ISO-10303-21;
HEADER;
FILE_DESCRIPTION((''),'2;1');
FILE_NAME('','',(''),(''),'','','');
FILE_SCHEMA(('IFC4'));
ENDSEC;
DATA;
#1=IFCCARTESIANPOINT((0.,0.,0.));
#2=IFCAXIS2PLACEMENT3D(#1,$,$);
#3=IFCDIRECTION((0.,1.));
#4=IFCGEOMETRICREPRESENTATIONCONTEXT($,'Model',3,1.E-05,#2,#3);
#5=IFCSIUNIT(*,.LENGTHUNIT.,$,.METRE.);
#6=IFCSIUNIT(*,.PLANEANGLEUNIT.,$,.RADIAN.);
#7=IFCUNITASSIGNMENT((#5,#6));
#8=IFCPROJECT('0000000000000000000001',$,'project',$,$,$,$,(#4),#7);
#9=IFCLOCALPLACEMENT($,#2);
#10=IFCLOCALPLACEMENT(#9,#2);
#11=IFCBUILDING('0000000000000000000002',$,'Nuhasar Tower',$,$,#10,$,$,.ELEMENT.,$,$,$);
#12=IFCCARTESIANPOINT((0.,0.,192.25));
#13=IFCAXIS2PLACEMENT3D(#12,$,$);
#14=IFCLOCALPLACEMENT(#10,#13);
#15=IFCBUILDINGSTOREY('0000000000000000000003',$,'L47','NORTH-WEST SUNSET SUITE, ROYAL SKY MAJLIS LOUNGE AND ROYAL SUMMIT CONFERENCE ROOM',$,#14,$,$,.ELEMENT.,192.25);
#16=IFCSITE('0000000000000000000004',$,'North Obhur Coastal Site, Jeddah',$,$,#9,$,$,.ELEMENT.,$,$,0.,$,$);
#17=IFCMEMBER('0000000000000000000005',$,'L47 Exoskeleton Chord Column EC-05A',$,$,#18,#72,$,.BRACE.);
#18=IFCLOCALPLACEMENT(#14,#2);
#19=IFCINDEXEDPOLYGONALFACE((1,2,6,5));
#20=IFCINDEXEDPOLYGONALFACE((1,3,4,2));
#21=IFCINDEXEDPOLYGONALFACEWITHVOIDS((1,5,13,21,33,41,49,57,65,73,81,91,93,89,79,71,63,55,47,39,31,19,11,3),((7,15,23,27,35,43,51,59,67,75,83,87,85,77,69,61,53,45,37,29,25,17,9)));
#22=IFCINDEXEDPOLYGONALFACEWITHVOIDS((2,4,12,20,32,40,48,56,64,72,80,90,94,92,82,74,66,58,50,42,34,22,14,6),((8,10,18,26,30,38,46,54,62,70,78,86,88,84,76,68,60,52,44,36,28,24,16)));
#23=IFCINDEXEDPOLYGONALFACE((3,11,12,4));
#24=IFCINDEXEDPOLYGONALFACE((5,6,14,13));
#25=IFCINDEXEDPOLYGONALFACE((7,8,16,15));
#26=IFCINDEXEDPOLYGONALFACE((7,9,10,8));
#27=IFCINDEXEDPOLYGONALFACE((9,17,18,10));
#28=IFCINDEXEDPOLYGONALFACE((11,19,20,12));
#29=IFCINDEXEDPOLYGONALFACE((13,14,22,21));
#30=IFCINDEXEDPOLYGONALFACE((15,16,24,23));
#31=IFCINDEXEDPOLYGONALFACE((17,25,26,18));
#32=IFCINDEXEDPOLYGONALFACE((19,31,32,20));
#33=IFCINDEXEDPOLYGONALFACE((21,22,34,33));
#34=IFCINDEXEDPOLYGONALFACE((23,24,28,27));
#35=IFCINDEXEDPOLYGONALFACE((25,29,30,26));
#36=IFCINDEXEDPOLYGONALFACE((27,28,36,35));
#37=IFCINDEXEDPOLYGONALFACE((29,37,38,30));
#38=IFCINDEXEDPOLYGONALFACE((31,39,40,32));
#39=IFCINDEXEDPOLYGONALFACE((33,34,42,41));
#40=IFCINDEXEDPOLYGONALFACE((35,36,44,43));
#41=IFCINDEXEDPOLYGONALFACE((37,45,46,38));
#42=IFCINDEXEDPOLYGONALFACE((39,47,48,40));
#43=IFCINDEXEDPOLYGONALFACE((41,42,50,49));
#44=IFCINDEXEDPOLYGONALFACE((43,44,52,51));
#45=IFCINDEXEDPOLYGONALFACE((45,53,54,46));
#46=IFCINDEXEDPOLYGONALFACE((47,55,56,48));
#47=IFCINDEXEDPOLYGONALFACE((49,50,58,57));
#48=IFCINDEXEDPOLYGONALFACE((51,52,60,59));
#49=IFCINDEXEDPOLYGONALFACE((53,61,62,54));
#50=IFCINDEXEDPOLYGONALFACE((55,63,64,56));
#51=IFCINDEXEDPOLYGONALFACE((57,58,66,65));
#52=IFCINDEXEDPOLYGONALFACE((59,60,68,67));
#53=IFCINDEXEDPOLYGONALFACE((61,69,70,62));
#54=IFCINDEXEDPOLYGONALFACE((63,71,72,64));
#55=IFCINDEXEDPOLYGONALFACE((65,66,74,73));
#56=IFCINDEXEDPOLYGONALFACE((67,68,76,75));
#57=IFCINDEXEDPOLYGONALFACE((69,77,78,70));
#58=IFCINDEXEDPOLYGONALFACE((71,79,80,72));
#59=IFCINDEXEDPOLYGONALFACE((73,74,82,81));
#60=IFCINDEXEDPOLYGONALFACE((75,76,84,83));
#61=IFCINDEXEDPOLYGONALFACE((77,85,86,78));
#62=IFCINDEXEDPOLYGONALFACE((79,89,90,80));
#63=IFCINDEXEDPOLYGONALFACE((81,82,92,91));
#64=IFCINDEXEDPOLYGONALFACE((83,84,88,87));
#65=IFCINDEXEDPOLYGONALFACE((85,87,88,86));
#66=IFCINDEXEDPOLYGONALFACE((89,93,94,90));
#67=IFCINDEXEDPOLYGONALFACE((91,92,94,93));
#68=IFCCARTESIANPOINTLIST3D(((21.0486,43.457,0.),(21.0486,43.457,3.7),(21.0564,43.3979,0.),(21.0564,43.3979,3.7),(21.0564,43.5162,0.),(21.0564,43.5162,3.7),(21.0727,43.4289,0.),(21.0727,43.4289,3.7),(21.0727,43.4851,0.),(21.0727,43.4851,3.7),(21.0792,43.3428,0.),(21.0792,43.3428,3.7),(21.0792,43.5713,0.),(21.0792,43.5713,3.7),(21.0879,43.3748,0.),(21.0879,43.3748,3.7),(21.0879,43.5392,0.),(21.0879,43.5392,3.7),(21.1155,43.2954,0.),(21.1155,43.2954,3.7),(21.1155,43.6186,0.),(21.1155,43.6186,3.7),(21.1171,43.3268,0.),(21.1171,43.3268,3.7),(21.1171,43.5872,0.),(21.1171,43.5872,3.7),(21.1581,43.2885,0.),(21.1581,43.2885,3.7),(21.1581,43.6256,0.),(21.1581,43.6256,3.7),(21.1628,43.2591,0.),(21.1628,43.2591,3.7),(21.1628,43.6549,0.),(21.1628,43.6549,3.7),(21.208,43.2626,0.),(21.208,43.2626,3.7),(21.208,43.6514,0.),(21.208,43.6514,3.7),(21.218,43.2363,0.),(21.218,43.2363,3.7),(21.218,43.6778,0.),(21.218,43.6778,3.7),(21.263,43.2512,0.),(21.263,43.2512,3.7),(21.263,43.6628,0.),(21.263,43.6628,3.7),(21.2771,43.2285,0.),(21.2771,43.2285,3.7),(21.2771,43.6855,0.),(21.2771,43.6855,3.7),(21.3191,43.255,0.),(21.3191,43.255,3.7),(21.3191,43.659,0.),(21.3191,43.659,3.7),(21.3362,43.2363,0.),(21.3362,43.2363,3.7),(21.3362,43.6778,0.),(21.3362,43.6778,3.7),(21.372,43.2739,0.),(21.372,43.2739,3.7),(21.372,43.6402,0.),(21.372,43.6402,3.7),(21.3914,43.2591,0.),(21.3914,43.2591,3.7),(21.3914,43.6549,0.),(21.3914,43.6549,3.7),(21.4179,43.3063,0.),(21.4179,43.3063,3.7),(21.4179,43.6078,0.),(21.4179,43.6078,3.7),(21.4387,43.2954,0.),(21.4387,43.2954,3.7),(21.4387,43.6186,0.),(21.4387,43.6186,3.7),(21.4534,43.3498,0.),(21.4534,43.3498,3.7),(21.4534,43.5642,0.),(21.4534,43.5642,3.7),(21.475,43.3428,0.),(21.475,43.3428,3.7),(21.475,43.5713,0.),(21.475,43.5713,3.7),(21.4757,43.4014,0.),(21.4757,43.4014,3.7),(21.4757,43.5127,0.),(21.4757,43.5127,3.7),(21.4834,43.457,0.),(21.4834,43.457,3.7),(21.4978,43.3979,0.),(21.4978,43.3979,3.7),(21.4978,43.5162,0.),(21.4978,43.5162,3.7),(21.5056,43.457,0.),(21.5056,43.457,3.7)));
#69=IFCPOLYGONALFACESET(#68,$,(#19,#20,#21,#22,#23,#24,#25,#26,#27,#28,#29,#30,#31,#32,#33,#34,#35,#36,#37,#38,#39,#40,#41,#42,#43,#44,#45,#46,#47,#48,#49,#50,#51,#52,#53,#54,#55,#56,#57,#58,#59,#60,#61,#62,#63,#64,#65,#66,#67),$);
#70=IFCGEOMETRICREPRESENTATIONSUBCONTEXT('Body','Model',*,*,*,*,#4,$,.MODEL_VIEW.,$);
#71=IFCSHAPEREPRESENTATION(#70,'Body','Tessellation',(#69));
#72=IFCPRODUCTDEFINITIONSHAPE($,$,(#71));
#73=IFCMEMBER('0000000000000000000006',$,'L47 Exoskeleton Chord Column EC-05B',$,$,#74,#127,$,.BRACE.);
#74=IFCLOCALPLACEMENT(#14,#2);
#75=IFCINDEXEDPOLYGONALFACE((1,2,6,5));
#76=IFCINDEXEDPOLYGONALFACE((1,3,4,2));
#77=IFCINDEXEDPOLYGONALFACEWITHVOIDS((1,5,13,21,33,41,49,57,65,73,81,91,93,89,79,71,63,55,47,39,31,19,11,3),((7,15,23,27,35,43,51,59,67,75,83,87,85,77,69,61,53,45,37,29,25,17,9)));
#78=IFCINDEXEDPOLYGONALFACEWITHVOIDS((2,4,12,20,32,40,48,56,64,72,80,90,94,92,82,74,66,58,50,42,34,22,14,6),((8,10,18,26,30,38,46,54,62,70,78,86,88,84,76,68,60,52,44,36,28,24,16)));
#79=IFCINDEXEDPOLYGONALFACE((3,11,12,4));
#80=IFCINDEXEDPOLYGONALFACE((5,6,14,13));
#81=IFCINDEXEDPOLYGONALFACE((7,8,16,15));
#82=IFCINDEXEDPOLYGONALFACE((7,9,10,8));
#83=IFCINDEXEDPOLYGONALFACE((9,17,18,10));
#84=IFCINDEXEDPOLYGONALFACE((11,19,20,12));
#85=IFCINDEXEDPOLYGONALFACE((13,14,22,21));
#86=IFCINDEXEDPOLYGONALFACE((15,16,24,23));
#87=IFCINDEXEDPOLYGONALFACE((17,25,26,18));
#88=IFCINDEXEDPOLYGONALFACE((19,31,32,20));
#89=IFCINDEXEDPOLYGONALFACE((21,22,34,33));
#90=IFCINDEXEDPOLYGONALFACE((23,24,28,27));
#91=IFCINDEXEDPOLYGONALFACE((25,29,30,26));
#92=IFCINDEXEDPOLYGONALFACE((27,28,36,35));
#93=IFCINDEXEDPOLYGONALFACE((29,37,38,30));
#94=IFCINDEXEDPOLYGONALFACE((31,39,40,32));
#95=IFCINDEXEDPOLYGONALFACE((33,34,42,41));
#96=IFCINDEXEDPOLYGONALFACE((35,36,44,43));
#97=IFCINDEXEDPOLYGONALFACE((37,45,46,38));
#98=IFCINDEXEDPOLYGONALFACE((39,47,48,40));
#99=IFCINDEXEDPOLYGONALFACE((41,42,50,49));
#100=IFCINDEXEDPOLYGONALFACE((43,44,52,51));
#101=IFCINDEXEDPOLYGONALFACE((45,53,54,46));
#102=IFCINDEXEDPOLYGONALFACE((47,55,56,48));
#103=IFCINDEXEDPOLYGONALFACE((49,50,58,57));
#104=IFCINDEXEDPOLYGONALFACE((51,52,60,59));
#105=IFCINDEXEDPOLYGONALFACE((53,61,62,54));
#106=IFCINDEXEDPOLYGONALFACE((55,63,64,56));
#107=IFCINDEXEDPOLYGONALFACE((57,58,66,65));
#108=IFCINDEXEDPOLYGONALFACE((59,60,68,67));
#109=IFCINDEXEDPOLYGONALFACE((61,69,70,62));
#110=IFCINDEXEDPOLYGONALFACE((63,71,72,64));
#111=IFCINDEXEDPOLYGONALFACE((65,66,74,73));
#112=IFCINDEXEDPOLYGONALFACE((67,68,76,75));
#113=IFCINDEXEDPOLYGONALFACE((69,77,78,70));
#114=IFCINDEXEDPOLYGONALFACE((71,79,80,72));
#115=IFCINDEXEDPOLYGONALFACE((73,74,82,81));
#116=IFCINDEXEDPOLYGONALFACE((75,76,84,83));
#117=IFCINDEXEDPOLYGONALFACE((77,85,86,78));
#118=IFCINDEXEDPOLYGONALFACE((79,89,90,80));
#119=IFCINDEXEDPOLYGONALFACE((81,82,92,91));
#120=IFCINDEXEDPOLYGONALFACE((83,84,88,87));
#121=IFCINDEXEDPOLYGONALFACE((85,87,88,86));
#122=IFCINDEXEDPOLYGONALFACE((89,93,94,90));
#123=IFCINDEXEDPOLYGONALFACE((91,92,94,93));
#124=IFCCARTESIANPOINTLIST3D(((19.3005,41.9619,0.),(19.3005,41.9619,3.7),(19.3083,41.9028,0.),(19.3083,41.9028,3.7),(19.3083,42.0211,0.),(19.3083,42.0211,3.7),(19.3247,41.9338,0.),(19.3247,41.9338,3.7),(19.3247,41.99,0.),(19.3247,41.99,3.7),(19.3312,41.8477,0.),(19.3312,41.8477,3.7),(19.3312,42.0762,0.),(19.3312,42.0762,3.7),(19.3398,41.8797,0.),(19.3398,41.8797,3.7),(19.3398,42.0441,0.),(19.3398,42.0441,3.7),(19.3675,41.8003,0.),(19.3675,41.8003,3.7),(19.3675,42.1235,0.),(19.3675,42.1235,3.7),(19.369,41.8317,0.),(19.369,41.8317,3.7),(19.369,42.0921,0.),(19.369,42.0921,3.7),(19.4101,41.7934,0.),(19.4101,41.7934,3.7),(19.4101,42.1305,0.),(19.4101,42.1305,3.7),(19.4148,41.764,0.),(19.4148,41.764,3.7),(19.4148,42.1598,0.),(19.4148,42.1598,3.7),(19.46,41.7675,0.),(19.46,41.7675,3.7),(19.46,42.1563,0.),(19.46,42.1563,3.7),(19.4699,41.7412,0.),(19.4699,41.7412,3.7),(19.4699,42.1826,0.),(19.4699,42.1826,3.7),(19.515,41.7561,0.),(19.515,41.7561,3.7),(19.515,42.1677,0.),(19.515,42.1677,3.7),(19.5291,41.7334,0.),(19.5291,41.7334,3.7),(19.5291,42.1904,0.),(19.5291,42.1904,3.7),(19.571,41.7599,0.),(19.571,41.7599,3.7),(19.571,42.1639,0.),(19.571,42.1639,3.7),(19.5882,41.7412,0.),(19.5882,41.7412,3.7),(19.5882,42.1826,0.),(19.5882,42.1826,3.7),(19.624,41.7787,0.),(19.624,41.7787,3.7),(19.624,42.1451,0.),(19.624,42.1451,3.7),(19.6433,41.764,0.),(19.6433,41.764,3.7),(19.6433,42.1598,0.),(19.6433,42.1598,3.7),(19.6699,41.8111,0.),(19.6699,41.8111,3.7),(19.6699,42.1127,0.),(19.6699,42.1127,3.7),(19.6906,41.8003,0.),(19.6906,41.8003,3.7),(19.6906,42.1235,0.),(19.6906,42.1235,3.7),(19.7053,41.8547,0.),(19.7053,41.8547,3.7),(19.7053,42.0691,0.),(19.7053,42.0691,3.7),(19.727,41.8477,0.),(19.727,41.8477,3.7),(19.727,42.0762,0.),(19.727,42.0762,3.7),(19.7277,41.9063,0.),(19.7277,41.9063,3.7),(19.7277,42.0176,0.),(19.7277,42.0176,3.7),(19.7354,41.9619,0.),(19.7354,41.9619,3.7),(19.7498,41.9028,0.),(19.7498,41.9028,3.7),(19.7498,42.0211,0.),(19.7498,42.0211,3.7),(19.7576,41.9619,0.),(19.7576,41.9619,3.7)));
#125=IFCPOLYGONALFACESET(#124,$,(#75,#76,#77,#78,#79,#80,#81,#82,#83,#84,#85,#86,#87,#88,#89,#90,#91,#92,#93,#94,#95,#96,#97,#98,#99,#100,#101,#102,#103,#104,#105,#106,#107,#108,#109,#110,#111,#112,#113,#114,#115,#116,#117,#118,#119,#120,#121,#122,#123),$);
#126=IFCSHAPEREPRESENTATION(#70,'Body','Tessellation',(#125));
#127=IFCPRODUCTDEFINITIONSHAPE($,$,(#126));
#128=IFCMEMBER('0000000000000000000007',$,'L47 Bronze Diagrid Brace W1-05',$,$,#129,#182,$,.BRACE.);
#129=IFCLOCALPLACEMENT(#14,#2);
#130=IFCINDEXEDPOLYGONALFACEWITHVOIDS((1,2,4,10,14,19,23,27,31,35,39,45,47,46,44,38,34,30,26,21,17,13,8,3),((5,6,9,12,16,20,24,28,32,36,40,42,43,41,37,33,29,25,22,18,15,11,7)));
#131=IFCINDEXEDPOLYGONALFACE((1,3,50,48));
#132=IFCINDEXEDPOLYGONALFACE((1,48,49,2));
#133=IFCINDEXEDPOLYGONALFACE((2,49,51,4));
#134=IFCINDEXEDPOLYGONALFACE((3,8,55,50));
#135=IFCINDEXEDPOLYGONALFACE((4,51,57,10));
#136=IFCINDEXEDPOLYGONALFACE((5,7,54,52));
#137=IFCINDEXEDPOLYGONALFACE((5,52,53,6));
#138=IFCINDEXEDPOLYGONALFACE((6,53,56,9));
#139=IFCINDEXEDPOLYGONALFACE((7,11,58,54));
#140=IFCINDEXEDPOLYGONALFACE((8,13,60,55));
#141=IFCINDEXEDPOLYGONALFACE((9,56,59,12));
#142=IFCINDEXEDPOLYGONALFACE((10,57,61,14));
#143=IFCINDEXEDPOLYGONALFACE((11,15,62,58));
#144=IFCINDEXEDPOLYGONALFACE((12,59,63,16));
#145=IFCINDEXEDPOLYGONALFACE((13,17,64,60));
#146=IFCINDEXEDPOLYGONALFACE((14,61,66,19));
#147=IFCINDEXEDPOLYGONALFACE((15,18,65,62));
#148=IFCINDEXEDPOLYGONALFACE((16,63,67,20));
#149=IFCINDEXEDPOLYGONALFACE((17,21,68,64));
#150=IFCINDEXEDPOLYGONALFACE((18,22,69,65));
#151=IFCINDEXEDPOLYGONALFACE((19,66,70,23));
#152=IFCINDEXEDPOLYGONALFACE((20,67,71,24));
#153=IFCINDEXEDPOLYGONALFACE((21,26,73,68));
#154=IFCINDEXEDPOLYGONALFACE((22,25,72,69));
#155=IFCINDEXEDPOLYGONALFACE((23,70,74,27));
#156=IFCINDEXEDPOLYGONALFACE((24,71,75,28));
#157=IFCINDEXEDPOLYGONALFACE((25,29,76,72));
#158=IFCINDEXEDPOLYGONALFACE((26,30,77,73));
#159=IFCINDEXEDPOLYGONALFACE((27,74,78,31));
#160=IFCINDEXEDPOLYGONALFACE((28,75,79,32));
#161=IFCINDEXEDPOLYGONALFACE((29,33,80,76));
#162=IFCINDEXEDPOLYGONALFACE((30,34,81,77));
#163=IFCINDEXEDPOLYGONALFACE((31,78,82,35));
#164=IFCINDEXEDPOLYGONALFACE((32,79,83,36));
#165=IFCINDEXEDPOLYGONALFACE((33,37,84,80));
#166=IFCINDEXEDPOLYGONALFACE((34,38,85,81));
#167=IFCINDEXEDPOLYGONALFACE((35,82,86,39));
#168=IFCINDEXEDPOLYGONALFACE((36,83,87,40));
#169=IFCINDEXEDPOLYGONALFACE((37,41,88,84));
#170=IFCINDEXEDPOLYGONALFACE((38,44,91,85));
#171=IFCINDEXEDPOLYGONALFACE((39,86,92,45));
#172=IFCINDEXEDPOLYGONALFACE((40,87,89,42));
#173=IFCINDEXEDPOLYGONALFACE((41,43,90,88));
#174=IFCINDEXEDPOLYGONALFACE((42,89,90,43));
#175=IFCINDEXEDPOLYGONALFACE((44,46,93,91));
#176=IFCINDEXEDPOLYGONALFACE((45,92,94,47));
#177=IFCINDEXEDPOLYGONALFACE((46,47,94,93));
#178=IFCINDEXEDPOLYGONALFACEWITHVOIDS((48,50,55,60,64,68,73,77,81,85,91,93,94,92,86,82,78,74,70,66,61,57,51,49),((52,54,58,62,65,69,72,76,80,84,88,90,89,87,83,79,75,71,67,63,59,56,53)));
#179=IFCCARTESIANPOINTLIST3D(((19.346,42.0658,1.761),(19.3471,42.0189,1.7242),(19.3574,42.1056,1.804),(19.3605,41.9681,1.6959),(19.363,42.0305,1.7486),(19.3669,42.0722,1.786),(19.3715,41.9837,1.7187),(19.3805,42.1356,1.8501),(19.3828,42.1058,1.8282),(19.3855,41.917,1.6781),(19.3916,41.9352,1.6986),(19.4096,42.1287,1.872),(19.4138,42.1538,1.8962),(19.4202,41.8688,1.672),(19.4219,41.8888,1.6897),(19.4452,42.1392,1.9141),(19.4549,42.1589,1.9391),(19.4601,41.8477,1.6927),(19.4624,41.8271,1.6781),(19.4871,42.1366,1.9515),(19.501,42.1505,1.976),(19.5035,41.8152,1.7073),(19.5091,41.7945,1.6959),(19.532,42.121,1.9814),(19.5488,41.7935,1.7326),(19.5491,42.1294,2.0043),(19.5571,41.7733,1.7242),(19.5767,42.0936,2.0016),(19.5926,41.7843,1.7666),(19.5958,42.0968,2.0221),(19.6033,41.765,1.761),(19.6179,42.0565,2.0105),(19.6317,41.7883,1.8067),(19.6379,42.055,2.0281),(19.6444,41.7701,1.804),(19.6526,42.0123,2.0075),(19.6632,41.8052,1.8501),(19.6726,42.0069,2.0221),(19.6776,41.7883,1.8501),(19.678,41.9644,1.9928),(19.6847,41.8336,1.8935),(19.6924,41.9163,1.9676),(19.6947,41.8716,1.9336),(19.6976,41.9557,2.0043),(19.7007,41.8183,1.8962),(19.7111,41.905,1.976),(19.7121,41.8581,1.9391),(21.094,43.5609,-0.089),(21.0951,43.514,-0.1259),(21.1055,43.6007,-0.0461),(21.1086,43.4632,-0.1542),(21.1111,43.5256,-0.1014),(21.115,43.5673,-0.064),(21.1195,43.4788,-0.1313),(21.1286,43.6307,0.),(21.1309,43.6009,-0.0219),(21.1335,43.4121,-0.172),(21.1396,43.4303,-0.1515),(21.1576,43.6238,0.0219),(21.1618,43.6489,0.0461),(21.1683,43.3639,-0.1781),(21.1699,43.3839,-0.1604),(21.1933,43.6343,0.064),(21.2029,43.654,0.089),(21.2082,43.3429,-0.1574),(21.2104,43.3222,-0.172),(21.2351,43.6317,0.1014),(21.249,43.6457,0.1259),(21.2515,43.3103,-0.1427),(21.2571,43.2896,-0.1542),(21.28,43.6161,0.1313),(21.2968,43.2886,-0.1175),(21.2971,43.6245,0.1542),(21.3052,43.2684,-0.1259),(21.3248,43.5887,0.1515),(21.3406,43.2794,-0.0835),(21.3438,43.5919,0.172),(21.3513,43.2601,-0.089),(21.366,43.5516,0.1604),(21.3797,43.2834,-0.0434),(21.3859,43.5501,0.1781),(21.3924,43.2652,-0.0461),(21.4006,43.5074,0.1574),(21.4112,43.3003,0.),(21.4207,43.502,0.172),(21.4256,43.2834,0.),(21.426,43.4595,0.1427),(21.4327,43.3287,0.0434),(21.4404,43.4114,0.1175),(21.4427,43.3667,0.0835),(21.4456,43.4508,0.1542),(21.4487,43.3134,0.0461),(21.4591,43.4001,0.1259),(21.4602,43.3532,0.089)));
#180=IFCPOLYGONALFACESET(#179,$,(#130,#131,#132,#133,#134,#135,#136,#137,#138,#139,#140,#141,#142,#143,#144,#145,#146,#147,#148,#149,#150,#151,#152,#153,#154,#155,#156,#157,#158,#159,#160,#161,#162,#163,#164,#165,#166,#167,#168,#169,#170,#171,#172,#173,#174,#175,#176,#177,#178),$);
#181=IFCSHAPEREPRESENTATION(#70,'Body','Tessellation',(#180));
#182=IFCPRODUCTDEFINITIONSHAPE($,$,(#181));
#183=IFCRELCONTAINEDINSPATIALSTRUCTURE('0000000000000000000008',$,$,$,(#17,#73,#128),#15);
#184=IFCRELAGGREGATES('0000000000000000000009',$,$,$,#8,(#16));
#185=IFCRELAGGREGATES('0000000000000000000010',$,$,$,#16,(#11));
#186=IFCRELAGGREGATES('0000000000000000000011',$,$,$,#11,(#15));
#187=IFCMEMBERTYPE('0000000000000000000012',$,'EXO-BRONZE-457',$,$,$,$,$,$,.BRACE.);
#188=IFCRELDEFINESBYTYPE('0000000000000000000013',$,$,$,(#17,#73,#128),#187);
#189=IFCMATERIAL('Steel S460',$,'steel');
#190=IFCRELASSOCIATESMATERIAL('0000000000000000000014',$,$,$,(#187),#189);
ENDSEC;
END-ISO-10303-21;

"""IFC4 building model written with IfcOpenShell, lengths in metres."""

from ifc_helpers import new_model, si_unit, direction, frame, origin, origin_2d, place, context, subcontext, project, spatial, hollow_circle, extrude, material, material_profile, profile_set, type_object, element, save


model = new_model("IFC4")

# Units and contexts
model_context = context("Model", 3, precision=1e-05, world=origin(), true_north=direction((0.0, 1.0)))
body_context = subcontext(model_context, "Body", "Model", "MODEL_VIEW")
ifc_project = project(units=[si_unit("LENGTHUNIT", "METRE"), si_unit("PLANEANGLEUNIT", "RADIAN")], contexts=[model_context])

# Site, building, storey
site_placement = place(None, origin())
site = spatial("IfcSite", under=ifc_project, at=site_placement, Name="North Obhur Coastal Site, Jeddah", CompositionType="ELEMENT", RefElevation=0.0)
building_placement = place(site_placement, origin())
building = spatial("IfcBuilding", under=site, at=building_placement, Name="Nuhasar Tower", CompositionType="ELEMENT")
storey_placement = place(building_placement, frame((0.0, 0.0, 192.25)))
storey = spatial("IfcBuildingStorey", under=building, at=storey_placement, Name="L47", Description="NORTH-WEST SUNSET SUITE, ROYAL SKY MAJLIS LOUNGE AND ROYAL SUMMIT CONFERENCE ROOM", CompositionType="ELEMENT", Elevation=192.25)

# Members
ifc_material_1 = material(Name="Steel S460", Category="steel")
ifc_material_profile_1 = material_profile(ifc_material_1, hollow_circle(Radius=0.2285, WallThickness=0.0222, at=origin_2d()), Name="HSS457X22.2")
ifc_profile_set_1 = profile_set([ifc_material_profile_1], Name="Steel S460")
member_type_1 = type_object("IfcMemberType", Name="EXO-BRONZE-457", PredefinedType="BRACE", material=ifc_profile_set_1)
for number, where, z_axis, x_axis, name in (
    (1, (21.2771, 43.457, 0.0), (0.0, 0.0, 1.0), (1.0, 0.0, 0.0), "L47 Exoskeleton Chord Column EC-05A"),
    (2, (19.5291, 41.9619, 0.0), (0.0, 0.0, 1.0), (1.0, 0.0, 0.0), "L47 Exoskeleton Chord Column EC-05B"),
):
    element("IfcMember", number, at=place(storey_placement, frame(where, z_axis=z_axis, x_axis=x_axis)), inside=storey, type_object=member_type_1, Name=name, PredefinedType="BRACE", context=body_context, shape_type="SweptSolid", body=[
        extrude(hollow_circle(Radius=0.2285, WallThickness=0.0222, at=origin_2d()), origin(), (0.0, 0.0, 1.0), 3.7),
    ])
member_1_placement = place(storey_placement, frame((21.2771, 43.457, 0.0), z_axis=(-0.59217, -0.506488, 0.626741), x_axis=(0.649987, -0.759945, 0.0)))
element("IfcMember", 3, at=member_1_placement, inside=storey, type_object=member_type_1, Name="L47 Bronze Diagrid Brace W1-05", PredefinedType="BRACE", context=body_context, shape_type="SweptSolid", body=[
    extrude(hollow_circle(Radius=0.2285, WallThickness=0.0222, at=origin_2d()), origin(), (0.0, 0.0, 1.0), 2.9519),
])

save(model, "model.ifc")
